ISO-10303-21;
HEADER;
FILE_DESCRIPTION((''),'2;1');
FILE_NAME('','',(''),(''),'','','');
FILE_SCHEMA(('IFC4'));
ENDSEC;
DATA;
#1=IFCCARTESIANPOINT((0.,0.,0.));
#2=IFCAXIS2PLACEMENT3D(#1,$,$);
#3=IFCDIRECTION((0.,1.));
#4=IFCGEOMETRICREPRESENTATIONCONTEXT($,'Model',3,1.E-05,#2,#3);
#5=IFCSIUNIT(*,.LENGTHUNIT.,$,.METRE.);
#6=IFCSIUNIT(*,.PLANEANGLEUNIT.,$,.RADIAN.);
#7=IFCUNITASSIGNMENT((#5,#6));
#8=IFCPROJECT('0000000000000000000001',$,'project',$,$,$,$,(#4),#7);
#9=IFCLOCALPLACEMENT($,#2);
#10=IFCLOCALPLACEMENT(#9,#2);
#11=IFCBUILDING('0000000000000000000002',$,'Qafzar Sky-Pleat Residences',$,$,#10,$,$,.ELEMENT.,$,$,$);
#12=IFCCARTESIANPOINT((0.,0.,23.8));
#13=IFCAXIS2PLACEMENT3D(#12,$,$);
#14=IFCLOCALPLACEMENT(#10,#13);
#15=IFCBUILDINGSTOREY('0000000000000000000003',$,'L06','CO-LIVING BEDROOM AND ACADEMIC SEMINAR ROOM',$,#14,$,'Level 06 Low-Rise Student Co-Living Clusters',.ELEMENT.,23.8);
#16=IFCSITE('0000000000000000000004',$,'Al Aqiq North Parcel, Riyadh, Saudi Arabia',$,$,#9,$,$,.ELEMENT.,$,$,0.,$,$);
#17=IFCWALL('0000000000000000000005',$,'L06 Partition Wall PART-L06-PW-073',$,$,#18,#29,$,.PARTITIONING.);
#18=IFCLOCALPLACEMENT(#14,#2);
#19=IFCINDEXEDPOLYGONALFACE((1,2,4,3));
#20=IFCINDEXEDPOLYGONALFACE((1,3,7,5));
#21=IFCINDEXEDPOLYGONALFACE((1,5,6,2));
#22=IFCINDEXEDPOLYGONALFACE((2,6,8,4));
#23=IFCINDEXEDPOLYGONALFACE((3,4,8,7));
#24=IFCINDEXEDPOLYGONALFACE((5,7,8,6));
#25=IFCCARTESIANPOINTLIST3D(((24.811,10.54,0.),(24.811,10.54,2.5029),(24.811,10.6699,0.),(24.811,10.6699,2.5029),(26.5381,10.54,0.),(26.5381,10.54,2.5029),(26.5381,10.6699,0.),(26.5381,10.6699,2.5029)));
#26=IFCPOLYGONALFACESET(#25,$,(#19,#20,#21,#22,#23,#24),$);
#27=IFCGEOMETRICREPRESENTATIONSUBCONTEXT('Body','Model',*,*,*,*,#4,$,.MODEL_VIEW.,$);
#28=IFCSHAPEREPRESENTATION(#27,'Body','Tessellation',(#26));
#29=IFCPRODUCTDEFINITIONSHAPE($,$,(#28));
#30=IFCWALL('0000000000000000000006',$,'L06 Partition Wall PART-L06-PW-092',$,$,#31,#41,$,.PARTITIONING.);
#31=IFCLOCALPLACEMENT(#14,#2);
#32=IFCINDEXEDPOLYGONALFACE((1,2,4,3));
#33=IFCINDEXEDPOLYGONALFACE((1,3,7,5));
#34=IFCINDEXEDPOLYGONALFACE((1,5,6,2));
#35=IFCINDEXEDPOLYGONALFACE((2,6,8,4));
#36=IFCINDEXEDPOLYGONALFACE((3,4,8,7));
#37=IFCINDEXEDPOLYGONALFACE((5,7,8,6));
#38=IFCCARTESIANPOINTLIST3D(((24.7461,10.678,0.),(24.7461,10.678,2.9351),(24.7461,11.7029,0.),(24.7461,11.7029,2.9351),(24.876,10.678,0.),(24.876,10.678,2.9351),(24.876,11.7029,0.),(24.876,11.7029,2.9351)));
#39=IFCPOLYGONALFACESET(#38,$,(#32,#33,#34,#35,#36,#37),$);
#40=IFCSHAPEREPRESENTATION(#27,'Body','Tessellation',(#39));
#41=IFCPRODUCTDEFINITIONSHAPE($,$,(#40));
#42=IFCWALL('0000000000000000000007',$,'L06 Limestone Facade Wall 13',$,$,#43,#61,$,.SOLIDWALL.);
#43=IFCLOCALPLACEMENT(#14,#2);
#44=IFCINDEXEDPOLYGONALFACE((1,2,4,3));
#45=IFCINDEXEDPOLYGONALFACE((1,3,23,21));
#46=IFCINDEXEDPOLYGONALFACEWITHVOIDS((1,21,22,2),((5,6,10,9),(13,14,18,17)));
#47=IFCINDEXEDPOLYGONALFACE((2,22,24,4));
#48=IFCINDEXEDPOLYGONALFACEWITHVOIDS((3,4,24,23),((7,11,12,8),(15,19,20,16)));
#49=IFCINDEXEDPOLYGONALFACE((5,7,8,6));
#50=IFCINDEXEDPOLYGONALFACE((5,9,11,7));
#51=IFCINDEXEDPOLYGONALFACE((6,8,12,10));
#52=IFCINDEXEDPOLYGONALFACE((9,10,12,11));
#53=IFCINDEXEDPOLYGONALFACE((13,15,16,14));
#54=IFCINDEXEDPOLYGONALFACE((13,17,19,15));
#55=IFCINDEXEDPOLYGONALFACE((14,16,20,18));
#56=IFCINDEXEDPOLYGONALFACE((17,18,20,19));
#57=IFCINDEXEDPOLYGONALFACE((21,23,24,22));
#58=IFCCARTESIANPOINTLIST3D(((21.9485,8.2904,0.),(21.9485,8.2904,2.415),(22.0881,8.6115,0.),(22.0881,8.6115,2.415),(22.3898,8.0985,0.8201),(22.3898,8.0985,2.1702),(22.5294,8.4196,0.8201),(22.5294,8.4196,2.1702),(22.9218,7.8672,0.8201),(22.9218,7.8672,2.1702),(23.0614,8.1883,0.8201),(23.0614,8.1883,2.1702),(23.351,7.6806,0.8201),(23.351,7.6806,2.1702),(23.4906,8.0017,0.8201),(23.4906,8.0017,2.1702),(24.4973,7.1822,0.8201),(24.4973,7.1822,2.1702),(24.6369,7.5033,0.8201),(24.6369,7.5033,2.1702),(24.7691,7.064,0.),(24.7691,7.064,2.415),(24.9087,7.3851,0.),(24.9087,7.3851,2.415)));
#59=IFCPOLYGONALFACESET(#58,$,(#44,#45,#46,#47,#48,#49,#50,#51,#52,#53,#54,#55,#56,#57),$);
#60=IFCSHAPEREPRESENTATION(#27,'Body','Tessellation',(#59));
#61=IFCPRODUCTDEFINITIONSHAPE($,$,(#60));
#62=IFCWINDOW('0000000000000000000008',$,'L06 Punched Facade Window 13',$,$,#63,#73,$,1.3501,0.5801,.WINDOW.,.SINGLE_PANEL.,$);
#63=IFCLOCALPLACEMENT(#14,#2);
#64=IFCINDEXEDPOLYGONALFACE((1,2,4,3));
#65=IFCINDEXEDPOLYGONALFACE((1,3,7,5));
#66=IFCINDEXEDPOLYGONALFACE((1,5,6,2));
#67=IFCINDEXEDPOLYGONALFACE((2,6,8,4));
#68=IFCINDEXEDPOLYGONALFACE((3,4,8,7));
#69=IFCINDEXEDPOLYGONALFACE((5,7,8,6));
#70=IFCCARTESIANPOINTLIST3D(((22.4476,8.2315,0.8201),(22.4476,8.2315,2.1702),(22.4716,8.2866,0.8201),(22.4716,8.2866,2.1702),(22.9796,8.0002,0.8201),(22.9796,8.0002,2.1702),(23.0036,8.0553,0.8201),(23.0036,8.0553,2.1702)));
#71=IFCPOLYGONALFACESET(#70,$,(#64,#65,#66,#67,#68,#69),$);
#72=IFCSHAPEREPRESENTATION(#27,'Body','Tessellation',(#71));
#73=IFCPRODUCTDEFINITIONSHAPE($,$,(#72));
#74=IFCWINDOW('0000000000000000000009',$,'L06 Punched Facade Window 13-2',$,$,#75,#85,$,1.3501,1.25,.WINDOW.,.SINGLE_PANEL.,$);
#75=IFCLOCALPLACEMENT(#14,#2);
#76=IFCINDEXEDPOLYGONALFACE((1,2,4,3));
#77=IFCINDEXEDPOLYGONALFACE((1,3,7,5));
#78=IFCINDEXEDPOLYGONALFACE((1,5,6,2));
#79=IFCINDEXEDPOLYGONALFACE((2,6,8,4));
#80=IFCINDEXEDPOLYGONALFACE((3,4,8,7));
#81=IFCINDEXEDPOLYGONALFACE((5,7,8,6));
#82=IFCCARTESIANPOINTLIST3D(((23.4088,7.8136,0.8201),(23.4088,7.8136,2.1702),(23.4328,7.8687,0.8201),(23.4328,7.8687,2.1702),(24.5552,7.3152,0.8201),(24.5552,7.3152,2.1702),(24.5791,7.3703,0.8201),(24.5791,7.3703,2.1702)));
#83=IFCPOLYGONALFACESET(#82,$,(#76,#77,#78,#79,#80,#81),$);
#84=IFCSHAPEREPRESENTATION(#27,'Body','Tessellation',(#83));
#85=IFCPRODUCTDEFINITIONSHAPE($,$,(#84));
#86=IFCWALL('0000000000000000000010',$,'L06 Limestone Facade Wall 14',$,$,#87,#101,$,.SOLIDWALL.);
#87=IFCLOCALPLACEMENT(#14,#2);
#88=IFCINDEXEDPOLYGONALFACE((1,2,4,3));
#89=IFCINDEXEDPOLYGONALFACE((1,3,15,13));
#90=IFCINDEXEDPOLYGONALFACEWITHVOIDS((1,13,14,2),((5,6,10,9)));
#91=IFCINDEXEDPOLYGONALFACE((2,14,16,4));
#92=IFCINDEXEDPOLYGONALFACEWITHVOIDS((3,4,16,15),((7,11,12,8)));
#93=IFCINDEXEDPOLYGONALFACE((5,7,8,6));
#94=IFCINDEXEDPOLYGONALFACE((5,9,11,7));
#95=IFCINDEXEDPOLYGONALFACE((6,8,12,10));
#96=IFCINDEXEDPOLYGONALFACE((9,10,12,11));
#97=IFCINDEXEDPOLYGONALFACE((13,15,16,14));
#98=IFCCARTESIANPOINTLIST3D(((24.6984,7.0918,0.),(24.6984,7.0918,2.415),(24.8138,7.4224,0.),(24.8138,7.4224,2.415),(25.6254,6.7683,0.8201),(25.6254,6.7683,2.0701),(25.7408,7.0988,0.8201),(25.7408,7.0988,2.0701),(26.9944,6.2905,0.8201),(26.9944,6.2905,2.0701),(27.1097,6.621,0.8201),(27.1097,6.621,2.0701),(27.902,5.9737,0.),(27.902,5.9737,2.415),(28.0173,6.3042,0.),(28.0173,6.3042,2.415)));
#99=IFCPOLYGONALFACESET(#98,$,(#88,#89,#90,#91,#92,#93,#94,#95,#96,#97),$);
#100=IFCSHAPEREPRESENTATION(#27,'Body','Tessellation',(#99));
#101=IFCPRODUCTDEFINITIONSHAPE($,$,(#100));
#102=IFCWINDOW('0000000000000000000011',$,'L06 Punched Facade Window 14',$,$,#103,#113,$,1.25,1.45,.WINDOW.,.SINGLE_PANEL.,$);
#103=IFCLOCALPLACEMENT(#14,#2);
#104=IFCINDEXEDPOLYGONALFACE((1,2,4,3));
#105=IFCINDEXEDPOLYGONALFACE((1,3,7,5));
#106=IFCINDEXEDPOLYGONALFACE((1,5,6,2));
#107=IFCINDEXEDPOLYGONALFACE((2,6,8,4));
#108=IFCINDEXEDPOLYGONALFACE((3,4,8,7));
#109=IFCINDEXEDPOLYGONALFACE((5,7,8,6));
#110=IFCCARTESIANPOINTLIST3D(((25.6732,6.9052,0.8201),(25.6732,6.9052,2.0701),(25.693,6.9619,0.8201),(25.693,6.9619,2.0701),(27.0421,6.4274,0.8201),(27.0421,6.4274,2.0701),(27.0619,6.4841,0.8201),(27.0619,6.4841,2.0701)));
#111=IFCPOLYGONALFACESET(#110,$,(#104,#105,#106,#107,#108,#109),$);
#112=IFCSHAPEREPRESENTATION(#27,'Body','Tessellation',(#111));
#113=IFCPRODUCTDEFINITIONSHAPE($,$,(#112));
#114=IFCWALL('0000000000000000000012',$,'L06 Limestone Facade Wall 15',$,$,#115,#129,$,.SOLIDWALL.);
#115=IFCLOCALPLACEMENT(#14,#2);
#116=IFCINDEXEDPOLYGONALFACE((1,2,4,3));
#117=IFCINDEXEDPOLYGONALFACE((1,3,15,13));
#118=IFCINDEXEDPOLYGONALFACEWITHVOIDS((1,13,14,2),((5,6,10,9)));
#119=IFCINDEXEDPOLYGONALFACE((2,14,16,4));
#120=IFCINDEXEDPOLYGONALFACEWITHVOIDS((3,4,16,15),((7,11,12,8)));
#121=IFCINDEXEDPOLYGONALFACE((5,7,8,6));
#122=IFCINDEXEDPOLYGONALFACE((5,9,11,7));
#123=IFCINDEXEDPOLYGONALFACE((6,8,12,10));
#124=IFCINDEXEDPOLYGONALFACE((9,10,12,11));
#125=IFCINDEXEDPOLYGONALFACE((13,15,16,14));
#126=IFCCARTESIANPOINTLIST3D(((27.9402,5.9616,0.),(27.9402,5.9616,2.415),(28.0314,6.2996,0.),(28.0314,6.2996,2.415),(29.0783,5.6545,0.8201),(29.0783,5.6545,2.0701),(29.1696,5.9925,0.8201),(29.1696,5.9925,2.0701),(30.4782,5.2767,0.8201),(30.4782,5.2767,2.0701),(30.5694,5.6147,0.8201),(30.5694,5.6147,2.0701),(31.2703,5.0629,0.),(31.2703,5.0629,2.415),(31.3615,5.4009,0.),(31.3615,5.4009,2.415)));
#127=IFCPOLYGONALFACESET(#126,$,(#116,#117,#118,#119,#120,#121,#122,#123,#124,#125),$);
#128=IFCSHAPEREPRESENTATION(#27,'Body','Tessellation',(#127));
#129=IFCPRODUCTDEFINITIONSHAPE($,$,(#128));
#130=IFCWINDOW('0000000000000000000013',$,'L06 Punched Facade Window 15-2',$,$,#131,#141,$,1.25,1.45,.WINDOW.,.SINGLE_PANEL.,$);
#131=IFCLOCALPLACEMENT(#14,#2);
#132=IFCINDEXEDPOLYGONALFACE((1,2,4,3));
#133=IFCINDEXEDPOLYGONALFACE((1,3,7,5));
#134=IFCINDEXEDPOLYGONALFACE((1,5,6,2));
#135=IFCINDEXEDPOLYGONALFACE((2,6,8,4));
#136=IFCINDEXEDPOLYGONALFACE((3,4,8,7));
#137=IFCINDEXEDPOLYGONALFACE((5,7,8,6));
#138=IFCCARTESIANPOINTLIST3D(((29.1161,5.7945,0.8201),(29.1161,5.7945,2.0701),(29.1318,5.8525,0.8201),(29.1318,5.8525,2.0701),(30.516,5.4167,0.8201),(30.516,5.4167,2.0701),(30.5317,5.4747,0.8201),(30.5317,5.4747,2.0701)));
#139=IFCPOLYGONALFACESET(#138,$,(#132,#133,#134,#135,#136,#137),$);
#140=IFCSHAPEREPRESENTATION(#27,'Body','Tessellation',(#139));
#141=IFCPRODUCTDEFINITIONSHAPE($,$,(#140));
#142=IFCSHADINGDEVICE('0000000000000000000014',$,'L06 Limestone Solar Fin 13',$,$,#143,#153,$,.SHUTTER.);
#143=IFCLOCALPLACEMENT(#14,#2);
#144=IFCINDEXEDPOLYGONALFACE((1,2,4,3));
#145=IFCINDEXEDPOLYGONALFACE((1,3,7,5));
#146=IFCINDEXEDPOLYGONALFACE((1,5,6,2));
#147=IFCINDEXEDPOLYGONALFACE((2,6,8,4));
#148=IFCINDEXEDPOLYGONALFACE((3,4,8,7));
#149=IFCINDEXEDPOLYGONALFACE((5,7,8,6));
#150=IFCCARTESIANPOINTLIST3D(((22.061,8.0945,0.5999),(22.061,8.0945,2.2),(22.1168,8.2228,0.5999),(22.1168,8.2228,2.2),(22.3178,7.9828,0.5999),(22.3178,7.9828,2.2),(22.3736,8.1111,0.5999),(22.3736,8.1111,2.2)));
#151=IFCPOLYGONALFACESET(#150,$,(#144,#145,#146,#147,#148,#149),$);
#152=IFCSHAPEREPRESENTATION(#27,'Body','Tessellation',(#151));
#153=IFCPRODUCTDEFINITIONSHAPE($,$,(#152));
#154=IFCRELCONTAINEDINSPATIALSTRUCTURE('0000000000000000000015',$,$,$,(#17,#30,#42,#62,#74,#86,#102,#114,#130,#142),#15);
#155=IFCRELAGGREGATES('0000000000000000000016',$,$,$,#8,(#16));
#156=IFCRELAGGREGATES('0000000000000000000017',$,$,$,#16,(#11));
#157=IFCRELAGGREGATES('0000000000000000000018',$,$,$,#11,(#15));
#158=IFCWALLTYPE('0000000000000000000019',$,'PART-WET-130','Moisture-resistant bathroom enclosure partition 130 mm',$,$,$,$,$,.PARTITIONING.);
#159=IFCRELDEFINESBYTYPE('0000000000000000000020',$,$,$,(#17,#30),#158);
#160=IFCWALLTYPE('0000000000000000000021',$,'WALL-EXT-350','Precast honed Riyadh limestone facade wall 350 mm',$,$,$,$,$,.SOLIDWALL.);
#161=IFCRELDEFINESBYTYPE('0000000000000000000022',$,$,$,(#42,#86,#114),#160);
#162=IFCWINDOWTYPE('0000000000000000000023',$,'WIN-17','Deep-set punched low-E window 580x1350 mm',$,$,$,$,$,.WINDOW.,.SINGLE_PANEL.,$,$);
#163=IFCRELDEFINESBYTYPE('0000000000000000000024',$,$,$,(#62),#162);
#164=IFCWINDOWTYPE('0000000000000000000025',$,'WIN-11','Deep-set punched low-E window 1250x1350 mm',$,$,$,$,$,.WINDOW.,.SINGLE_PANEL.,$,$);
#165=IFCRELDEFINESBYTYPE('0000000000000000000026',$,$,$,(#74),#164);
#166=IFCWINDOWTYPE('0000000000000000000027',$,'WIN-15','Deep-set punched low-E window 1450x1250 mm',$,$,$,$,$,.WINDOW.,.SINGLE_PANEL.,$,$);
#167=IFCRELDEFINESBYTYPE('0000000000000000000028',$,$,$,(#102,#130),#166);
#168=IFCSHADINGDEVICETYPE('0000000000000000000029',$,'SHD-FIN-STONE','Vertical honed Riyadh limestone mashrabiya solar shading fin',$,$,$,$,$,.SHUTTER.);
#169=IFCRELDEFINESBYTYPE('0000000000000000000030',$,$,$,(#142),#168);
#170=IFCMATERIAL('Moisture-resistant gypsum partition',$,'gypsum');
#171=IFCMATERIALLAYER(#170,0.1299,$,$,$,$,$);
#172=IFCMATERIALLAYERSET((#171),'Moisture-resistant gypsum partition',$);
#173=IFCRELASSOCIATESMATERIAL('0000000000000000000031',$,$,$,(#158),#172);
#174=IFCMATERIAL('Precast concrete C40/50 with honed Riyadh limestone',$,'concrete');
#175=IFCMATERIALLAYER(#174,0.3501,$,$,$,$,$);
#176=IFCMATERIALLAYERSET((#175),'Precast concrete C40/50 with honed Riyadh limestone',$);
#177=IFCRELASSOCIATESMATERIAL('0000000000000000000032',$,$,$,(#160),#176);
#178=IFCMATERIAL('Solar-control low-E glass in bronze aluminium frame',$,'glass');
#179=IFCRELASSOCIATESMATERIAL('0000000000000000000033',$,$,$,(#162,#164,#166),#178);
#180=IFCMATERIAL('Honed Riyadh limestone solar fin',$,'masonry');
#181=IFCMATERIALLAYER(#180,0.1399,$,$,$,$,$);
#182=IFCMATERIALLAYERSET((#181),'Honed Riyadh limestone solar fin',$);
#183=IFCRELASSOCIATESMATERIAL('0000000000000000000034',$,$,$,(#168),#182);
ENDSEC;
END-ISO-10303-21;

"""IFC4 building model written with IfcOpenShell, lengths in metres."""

from ifc_helpers import new_model, si_unit, direction, frame, frame_2d, origin, origin_2d, place, context, subcontext, project, spatial, rectangle, extrude, source, transform, mapped, material, layer, layer_set, type_object, element, fill, save


model = new_model("IFC4")

# Units and contexts
model_context = context("Model", 3, precision=1e-05, world=origin(), true_north=direction((0.0, 1.0)))
body_context = subcontext(model_context, "Body", "Model", "MODEL_VIEW")
ifc_project = project(units=[si_unit("LENGTHUNIT", "METRE"), si_unit("PLANEANGLEUNIT", "RADIAN")], contexts=[model_context])

# Site, building, storey
site_placement = place(None, origin())
site = spatial("IfcSite", under=ifc_project, at=site_placement, Name="Al Aqiq North Parcel, Riyadh, Saudi Arabia", CompositionType="ELEMENT", RefElevation=0.0)
building_placement = place(site_placement, origin())
building = spatial("IfcBuilding", under=site, at=building_placement, Name="Qafzar Sky-Pleat Residences", CompositionType="ELEMENT")
storey_placement = place(building_placement, frame((0.0, 0.0, 23.8)))
storey = spatial("IfcBuildingStorey", under=building, at=storey_placement, Name="L06", Description="CO-LIVING BEDROOM AND ACADEMIC SEMINAR ROOM", LongName="Level 06 Low-Rise Student Co-Living Clusters", CompositionType="ELEMENT", Elevation=23.8)

# Shared definitions
ifc_material_1 = material(Name="Moisture-resistant gypsum partition", Category="gypsum")
ifc_layer_1 = layer(ifc_material_1, 0.1299)
ifc_layer_set_1 = layer_set([ifc_layer_1], Name="Moisture-resistant gypsum partition")
wall_type_1 = type_object("IfcWallType", Name="PART-WET-130", Description="Moisture-resistant bathroom enclosure partition 130 mm", PredefinedType="PARTITIONING", material=ifc_layer_set_1)

# Walls
wall_1_placement = place(storey_placement, frame((24.811, 10.605, 0.0), z_axis=(0.0, 0.0, 1.0), x_axis=(1.0, 0.0, 0.0)))
element("IfcWall", 1, at=wall_1_placement, inside=storey, type_object=wall_type_1, Name="L06 Partition Wall PART-L06-PW-073", PredefinedType="PARTITIONING", context=body_context, shape_type="SweptSolid", body=[
    extrude(rectangle(XDim=1.7271, YDim=0.1299, at=frame_2d((0.8635, 0.0))), origin(), (0.0, 0.0, 1.0), 2.5029),
])
wall_2_placement = place(storey_placement, frame((24.811, 10.678, 0.0), z_axis=(0.0, 0.0, 1.0), x_axis=(0.0, 1.0, 0.0)))
element("IfcWall", 2, at=wall_2_placement, inside=storey, type_object=wall_type_1, Name="L06 Partition Wall PART-L06-PW-092", PredefinedType="PARTITIONING", context=body_context, shape_type="SweptSolid", body=[
    extrude(rectangle(XDim=1.0249, YDim=0.1299, at=frame_2d((0.5125, 0.0))), origin(), (0.0, 0.0, 1.0), 2.9351),
])

# Wall, openings, windows
ifc_material_2 = material(Name="Precast concrete C40/50 with honed Riyadh limestone", Category="concrete")
ifc_layer_2 = layer(ifc_material_2, 0.3501)
ifc_layer_set_2 = layer_set([ifc_layer_2], Name="Precast concrete C40/50 with honed Riyadh limestone")
wall_type_2 = type_object("IfcWallType", Name="WALL-EXT-350", Description="Precast honed Riyadh limestone facade wall 350 mm", PredefinedType="SOLIDWALL", material=ifc_layer_set_2)
wall_3_placement = place(storey_placement, frame((22.0183, 8.4509, 0.0), z_axis=(0.0, 0.0, 1.0), x_axis=(0.917071, -0.398723, 0.0)))
wall_3 = element("IfcWall", 3, at=wall_3_placement, inside=storey, type_object=wall_type_2, Name="L06 Limestone Facade Wall 13", PredefinedType="SOLIDWALL", context=body_context, shape_type="SweptSolid", body=[
    extrude(rectangle(XDim=3.0757, YDim=0.3501, at=frame_2d((1.5378, 0.0))), origin(), (0.0, 0.0, 1.0), 2.415),
])
opening_1_placement = place(wall_3_placement, frame((0.4812, 0.0, 0.8201)))
opening_1 = element("IfcOpeningElement", 4, at=opening_1_placement, cuts=wall_3, PredefinedType="OPENING", context=body_context, shape_type="SweptSolid", body=[
    extrude(rectangle(XDim=0.5801, YDim=1.3501, at=frame_2d((0.29, 0.675))), frame((0.0, 0.1851, 0.0), z_axis=(0.0, -1.0, 0.0), x_axis=(1.0, 0.0, 0.0)), (0.0, 0.0, 1.0), 0.3701),
])
opening_2_placement = place(wall_3_placement, frame((1.5293, 0.0, 0.8201)))
opening_2 = element("IfcOpeningElement", 5, at=opening_2_placement, cuts=wall_3, PredefinedType="OPENING", context=body_context, shape_type="SweptSolid", body=[
    extrude(rectangle(XDim=1.25, YDim=1.3501, at=frame_2d((0.625, 0.675))), frame((0.0, 0.1851, 0.0), z_axis=(0.0, -1.0, 0.0), x_axis=(1.0, 0.0, 0.0)), (0.0, 0.0, 1.0), 0.3701),
])
ifc_material_3 = material(Name="Solar-control low-E glass in bronze aluminium frame", Category="glass")
window_type_1 = type_object("IfcWindowType", Name="WIN-17", Description="Deep-set punched low-E window 580x1350 mm", PartitioningType="SINGLE_PANEL", PredefinedType="WINDOW", material=ifc_material_3)
shared_shape_1 = source(origin(), body_context, "Body", "SweptSolid", [
    extrude(rectangle(XDim=0.5801, YDim=1.3501, at=frame_2d((0.29, 0.675))), frame((0.0, 0.03, 0.0), z_axis=(0.0, -1.0, 0.0), x_axis=(1.0, 0.0, 0.0)), (0.0, 0.0, 1.0), 0.0601),
])
window_1_placement = place(opening_1_placement, origin())
window_1 = element("IfcWindow", 6, at=window_1_placement, inside=storey, type_object=window_type_1, Name="L06 Punched Facade Window 13", OverallHeight=1.3501, OverallWidth=0.5801, PartitioningType="SINGLE_PANEL", PredefinedType="WINDOW", context=body_context, shape_type="MappedRepresentation", body=[
    mapped(shared_shape_1, transform((0.0, 0.0, 0.0), x_axis=(1.0, 0.0, 0.0), y_axis=(0.0, 1.0, 0.0), z_axis=(0.0, 0.0, 1.0), scale=1.0)),
])
fill(opening_1, window_1)
window_type_2 = type_object("IfcWindowType", Name="WIN-11", Description="Deep-set punched low-E window 1250x1350 mm", PartitioningType="SINGLE_PANEL", PredefinedType="WINDOW", material=ifc_material_3)
shared_shape_2 = source(origin(), body_context, "Body", "SweptSolid", [
    extrude(rectangle(XDim=1.25, YDim=1.3501, at=frame_2d((0.625, 0.675))), frame((0.0, 0.03, 0.0), z_axis=(0.0, -1.0, 0.0), x_axis=(1.0, 0.0, 0.0)), (0.0, 0.0, 1.0), 0.0601),
])
window_2_placement = place(opening_2_placement, origin())
window_2 = element("IfcWindow", 7, at=window_2_placement, inside=storey, type_object=window_type_2, Name="L06 Punched Facade Window 13-2", OverallHeight=1.3501, OverallWidth=1.25, PartitioningType="SINGLE_PANEL", PredefinedType="WINDOW", context=body_context, shape_type="MappedRepresentation", body=[
    mapped(shared_shape_2, transform((0.0, 0.0, 0.0), x_axis=(1.0, 0.0, 0.0), y_axis=(0.0, 1.0, 0.0), z_axis=(0.0, 0.0, 1.0), scale=1.0)),
])
fill(opening_2, window_2)

# Walls, openings, windows
wall_4_placement = place(storey_placement, frame((24.7561, 7.2571, 0.0), z_axis=(0.0, 0.0, 1.0), x_axis=(0.944143, -0.329536, 0.0)))
wall_4 = element("IfcWall", 8, at=wall_4_placement, inside=storey, type_object=wall_type_2, Name="L06 Limestone Facade Wall 14", PredefinedType="SOLIDWALL", context=body_context, shape_type="SweptSolid", body=[
    extrude(rectangle(XDim=3.3931, YDim=0.3501, at=frame_2d((1.6965, 0.0))), origin(), (0.0, 0.0, 1.0), 2.415),
])
opening_3_placement = place(wall_4_placement, frame((0.9817, 0.0, 0.8201)))
opening_3 = element("IfcOpeningElement", 9, at=opening_3_placement, cuts=wall_4, PredefinedType="OPENING", context=body_context, shape_type="SweptSolid", body=[
    extrude(rectangle(XDim=1.45, YDim=1.25, at=frame_2d((0.7251, 0.625))), frame((0.0, 0.1851, 0.0), z_axis=(0.0, -1.0, 0.0), x_axis=(1.0, 0.0, 0.0)), (0.0, 0.0, 1.0), 0.3701),
])
window_type_3 = type_object("IfcWindowType", Name="WIN-15", Description="Deep-set punched low-E window 1450x1250 mm", PartitioningType="SINGLE_PANEL", PredefinedType="WINDOW", material=ifc_material_3)
shared_shape_3 = source(origin(), body_context, "Body", "SweptSolid", [
    extrude(rectangle(XDim=1.45, YDim=1.25, at=frame_2d((0.7251, 0.625))), frame((0.0, 0.03, 0.0), z_axis=(0.0, -1.0, 0.0), x_axis=(1.0, 0.0, 0.0)), (0.0, 0.0, 1.0), 0.0601),
])
window_3_placement = place(opening_3_placement, origin())
window_3 = element("IfcWindow", 10, at=window_3_placement, inside=storey, type_object=window_type_3, Name="L06 Punched Facade Window 14", OverallHeight=1.25, OverallWidth=1.45, PartitioningType="SINGLE_PANEL", PredefinedType="WINDOW", context=body_context, shape_type="MappedRepresentation", body=[
    mapped(shared_shape_3, transform((0.0, 0.0, 0.0), x_axis=(1.0, 0.0, 0.0), y_axis=(0.0, 1.0, 0.0), z_axis=(0.0, 0.0, 1.0), scale=1.0)),
])
fill(opening_3, window_3)
wall_5_placement = place(storey_placement, frame((27.9858, 6.1306, 0.0), z_axis=(0.0, 0.0, 1.0), x_axis=(0.965461, -0.260547, 0.0)))
wall_5 = element("IfcWall", 11, at=wall_5_placement, inside=storey, type_object=wall_type_2, Name="L06 Limestone Facade Wall 15", PredefinedType="SOLIDWALL", context=body_context, shape_type="SweptSolid", body=[
    extrude(rectangle(XDim=3.4492, YDim=0.3501, at=frame_2d((1.7246, 0.0))), origin(), (0.0, 0.0, 1.0), 2.415),
])
opening_4_placement = place(wall_5_placement, frame((1.1787, 0.0, 0.8201)))
opening_4 = element("IfcOpeningElement", 12, at=opening_4_placement, cuts=wall_5, PredefinedType="OPENING", context=body_context, shape_type="SweptSolid", body=[
    extrude(rectangle(XDim=1.45, YDim=1.25, at=frame_2d((0.7251, 0.625))), frame((0.0, 0.1851, 0.0), z_axis=(0.0, -1.0, 0.0), x_axis=(1.0, 0.0, 0.0)), (0.0, 0.0, 1.0), 0.3701),
])
window_4_placement = place(opening_4_placement, origin())
window_4 = element("IfcWindow", 13, at=window_4_placement, inside=storey, type_object=window_type_3, Name="L06 Punched Facade Window 15-2", OverallHeight=1.25, OverallWidth=1.45, PartitioningType="SINGLE_PANEL", PredefinedType="WINDOW", context=body_context, shape_type="MappedRepresentation", body=[
    mapped(shared_shape_3, transform((0.0, 0.0, 0.0), x_axis=(1.0, 0.0, 0.0), y_axis=(0.0, 1.0, 0.0), z_axis=(0.0, 0.0, 1.0), scale=1.0)),
])
fill(opening_4, window_4)

# Shading device
ifc_material_4 = material(Name="Honed Riyadh limestone solar fin", Category="masonry")
ifc_layer_3 = layer(ifc_material_4, 0.1399)
ifc_layer_set_3 = layer_set([ifc_layer_3], Name="Honed Riyadh limestone solar fin")
shading_device_type = type_object("IfcShadingDeviceType", Name="SHD-FIN-STONE", Description="Vertical honed Riyadh limestone mashrabiya solar shading fin", PredefinedType="SHUTTER", material=ifc_layer_set_3)
shared_shape_4 = source(origin(), body_context, "Body", "SweptSolid", [
    extrude(rectangle(XDim=0.1399, YDim=0.28, at=origin_2d()), origin(), (0.0, 0.0, 1.0), 1.6001),
])
shading_device_placement = place(storey_placement, frame((22.2173, 8.1028, 0.5999), z_axis=(0.0, 0.0, 1.0), x_axis=(-0.39868, -0.91709, 0.0)))
element("IfcShadingDevice", 14, at=shading_device_placement, inside=storey, type_object=shading_device_type, Name="L06 Limestone Solar Fin 13", PredefinedType="SHUTTER", context=body_context, shape_type="MappedRepresentation", body=[
    mapped(shared_shape_4, transform((0.0, 0.0, 0.0), x_axis=(1.0, 0.0, 0.0), y_axis=(0.0, 1.0, 0.0), z_axis=(0.0, 0.0, 1.0), scale=1.0)),
])

save(model, "model.ifc")
